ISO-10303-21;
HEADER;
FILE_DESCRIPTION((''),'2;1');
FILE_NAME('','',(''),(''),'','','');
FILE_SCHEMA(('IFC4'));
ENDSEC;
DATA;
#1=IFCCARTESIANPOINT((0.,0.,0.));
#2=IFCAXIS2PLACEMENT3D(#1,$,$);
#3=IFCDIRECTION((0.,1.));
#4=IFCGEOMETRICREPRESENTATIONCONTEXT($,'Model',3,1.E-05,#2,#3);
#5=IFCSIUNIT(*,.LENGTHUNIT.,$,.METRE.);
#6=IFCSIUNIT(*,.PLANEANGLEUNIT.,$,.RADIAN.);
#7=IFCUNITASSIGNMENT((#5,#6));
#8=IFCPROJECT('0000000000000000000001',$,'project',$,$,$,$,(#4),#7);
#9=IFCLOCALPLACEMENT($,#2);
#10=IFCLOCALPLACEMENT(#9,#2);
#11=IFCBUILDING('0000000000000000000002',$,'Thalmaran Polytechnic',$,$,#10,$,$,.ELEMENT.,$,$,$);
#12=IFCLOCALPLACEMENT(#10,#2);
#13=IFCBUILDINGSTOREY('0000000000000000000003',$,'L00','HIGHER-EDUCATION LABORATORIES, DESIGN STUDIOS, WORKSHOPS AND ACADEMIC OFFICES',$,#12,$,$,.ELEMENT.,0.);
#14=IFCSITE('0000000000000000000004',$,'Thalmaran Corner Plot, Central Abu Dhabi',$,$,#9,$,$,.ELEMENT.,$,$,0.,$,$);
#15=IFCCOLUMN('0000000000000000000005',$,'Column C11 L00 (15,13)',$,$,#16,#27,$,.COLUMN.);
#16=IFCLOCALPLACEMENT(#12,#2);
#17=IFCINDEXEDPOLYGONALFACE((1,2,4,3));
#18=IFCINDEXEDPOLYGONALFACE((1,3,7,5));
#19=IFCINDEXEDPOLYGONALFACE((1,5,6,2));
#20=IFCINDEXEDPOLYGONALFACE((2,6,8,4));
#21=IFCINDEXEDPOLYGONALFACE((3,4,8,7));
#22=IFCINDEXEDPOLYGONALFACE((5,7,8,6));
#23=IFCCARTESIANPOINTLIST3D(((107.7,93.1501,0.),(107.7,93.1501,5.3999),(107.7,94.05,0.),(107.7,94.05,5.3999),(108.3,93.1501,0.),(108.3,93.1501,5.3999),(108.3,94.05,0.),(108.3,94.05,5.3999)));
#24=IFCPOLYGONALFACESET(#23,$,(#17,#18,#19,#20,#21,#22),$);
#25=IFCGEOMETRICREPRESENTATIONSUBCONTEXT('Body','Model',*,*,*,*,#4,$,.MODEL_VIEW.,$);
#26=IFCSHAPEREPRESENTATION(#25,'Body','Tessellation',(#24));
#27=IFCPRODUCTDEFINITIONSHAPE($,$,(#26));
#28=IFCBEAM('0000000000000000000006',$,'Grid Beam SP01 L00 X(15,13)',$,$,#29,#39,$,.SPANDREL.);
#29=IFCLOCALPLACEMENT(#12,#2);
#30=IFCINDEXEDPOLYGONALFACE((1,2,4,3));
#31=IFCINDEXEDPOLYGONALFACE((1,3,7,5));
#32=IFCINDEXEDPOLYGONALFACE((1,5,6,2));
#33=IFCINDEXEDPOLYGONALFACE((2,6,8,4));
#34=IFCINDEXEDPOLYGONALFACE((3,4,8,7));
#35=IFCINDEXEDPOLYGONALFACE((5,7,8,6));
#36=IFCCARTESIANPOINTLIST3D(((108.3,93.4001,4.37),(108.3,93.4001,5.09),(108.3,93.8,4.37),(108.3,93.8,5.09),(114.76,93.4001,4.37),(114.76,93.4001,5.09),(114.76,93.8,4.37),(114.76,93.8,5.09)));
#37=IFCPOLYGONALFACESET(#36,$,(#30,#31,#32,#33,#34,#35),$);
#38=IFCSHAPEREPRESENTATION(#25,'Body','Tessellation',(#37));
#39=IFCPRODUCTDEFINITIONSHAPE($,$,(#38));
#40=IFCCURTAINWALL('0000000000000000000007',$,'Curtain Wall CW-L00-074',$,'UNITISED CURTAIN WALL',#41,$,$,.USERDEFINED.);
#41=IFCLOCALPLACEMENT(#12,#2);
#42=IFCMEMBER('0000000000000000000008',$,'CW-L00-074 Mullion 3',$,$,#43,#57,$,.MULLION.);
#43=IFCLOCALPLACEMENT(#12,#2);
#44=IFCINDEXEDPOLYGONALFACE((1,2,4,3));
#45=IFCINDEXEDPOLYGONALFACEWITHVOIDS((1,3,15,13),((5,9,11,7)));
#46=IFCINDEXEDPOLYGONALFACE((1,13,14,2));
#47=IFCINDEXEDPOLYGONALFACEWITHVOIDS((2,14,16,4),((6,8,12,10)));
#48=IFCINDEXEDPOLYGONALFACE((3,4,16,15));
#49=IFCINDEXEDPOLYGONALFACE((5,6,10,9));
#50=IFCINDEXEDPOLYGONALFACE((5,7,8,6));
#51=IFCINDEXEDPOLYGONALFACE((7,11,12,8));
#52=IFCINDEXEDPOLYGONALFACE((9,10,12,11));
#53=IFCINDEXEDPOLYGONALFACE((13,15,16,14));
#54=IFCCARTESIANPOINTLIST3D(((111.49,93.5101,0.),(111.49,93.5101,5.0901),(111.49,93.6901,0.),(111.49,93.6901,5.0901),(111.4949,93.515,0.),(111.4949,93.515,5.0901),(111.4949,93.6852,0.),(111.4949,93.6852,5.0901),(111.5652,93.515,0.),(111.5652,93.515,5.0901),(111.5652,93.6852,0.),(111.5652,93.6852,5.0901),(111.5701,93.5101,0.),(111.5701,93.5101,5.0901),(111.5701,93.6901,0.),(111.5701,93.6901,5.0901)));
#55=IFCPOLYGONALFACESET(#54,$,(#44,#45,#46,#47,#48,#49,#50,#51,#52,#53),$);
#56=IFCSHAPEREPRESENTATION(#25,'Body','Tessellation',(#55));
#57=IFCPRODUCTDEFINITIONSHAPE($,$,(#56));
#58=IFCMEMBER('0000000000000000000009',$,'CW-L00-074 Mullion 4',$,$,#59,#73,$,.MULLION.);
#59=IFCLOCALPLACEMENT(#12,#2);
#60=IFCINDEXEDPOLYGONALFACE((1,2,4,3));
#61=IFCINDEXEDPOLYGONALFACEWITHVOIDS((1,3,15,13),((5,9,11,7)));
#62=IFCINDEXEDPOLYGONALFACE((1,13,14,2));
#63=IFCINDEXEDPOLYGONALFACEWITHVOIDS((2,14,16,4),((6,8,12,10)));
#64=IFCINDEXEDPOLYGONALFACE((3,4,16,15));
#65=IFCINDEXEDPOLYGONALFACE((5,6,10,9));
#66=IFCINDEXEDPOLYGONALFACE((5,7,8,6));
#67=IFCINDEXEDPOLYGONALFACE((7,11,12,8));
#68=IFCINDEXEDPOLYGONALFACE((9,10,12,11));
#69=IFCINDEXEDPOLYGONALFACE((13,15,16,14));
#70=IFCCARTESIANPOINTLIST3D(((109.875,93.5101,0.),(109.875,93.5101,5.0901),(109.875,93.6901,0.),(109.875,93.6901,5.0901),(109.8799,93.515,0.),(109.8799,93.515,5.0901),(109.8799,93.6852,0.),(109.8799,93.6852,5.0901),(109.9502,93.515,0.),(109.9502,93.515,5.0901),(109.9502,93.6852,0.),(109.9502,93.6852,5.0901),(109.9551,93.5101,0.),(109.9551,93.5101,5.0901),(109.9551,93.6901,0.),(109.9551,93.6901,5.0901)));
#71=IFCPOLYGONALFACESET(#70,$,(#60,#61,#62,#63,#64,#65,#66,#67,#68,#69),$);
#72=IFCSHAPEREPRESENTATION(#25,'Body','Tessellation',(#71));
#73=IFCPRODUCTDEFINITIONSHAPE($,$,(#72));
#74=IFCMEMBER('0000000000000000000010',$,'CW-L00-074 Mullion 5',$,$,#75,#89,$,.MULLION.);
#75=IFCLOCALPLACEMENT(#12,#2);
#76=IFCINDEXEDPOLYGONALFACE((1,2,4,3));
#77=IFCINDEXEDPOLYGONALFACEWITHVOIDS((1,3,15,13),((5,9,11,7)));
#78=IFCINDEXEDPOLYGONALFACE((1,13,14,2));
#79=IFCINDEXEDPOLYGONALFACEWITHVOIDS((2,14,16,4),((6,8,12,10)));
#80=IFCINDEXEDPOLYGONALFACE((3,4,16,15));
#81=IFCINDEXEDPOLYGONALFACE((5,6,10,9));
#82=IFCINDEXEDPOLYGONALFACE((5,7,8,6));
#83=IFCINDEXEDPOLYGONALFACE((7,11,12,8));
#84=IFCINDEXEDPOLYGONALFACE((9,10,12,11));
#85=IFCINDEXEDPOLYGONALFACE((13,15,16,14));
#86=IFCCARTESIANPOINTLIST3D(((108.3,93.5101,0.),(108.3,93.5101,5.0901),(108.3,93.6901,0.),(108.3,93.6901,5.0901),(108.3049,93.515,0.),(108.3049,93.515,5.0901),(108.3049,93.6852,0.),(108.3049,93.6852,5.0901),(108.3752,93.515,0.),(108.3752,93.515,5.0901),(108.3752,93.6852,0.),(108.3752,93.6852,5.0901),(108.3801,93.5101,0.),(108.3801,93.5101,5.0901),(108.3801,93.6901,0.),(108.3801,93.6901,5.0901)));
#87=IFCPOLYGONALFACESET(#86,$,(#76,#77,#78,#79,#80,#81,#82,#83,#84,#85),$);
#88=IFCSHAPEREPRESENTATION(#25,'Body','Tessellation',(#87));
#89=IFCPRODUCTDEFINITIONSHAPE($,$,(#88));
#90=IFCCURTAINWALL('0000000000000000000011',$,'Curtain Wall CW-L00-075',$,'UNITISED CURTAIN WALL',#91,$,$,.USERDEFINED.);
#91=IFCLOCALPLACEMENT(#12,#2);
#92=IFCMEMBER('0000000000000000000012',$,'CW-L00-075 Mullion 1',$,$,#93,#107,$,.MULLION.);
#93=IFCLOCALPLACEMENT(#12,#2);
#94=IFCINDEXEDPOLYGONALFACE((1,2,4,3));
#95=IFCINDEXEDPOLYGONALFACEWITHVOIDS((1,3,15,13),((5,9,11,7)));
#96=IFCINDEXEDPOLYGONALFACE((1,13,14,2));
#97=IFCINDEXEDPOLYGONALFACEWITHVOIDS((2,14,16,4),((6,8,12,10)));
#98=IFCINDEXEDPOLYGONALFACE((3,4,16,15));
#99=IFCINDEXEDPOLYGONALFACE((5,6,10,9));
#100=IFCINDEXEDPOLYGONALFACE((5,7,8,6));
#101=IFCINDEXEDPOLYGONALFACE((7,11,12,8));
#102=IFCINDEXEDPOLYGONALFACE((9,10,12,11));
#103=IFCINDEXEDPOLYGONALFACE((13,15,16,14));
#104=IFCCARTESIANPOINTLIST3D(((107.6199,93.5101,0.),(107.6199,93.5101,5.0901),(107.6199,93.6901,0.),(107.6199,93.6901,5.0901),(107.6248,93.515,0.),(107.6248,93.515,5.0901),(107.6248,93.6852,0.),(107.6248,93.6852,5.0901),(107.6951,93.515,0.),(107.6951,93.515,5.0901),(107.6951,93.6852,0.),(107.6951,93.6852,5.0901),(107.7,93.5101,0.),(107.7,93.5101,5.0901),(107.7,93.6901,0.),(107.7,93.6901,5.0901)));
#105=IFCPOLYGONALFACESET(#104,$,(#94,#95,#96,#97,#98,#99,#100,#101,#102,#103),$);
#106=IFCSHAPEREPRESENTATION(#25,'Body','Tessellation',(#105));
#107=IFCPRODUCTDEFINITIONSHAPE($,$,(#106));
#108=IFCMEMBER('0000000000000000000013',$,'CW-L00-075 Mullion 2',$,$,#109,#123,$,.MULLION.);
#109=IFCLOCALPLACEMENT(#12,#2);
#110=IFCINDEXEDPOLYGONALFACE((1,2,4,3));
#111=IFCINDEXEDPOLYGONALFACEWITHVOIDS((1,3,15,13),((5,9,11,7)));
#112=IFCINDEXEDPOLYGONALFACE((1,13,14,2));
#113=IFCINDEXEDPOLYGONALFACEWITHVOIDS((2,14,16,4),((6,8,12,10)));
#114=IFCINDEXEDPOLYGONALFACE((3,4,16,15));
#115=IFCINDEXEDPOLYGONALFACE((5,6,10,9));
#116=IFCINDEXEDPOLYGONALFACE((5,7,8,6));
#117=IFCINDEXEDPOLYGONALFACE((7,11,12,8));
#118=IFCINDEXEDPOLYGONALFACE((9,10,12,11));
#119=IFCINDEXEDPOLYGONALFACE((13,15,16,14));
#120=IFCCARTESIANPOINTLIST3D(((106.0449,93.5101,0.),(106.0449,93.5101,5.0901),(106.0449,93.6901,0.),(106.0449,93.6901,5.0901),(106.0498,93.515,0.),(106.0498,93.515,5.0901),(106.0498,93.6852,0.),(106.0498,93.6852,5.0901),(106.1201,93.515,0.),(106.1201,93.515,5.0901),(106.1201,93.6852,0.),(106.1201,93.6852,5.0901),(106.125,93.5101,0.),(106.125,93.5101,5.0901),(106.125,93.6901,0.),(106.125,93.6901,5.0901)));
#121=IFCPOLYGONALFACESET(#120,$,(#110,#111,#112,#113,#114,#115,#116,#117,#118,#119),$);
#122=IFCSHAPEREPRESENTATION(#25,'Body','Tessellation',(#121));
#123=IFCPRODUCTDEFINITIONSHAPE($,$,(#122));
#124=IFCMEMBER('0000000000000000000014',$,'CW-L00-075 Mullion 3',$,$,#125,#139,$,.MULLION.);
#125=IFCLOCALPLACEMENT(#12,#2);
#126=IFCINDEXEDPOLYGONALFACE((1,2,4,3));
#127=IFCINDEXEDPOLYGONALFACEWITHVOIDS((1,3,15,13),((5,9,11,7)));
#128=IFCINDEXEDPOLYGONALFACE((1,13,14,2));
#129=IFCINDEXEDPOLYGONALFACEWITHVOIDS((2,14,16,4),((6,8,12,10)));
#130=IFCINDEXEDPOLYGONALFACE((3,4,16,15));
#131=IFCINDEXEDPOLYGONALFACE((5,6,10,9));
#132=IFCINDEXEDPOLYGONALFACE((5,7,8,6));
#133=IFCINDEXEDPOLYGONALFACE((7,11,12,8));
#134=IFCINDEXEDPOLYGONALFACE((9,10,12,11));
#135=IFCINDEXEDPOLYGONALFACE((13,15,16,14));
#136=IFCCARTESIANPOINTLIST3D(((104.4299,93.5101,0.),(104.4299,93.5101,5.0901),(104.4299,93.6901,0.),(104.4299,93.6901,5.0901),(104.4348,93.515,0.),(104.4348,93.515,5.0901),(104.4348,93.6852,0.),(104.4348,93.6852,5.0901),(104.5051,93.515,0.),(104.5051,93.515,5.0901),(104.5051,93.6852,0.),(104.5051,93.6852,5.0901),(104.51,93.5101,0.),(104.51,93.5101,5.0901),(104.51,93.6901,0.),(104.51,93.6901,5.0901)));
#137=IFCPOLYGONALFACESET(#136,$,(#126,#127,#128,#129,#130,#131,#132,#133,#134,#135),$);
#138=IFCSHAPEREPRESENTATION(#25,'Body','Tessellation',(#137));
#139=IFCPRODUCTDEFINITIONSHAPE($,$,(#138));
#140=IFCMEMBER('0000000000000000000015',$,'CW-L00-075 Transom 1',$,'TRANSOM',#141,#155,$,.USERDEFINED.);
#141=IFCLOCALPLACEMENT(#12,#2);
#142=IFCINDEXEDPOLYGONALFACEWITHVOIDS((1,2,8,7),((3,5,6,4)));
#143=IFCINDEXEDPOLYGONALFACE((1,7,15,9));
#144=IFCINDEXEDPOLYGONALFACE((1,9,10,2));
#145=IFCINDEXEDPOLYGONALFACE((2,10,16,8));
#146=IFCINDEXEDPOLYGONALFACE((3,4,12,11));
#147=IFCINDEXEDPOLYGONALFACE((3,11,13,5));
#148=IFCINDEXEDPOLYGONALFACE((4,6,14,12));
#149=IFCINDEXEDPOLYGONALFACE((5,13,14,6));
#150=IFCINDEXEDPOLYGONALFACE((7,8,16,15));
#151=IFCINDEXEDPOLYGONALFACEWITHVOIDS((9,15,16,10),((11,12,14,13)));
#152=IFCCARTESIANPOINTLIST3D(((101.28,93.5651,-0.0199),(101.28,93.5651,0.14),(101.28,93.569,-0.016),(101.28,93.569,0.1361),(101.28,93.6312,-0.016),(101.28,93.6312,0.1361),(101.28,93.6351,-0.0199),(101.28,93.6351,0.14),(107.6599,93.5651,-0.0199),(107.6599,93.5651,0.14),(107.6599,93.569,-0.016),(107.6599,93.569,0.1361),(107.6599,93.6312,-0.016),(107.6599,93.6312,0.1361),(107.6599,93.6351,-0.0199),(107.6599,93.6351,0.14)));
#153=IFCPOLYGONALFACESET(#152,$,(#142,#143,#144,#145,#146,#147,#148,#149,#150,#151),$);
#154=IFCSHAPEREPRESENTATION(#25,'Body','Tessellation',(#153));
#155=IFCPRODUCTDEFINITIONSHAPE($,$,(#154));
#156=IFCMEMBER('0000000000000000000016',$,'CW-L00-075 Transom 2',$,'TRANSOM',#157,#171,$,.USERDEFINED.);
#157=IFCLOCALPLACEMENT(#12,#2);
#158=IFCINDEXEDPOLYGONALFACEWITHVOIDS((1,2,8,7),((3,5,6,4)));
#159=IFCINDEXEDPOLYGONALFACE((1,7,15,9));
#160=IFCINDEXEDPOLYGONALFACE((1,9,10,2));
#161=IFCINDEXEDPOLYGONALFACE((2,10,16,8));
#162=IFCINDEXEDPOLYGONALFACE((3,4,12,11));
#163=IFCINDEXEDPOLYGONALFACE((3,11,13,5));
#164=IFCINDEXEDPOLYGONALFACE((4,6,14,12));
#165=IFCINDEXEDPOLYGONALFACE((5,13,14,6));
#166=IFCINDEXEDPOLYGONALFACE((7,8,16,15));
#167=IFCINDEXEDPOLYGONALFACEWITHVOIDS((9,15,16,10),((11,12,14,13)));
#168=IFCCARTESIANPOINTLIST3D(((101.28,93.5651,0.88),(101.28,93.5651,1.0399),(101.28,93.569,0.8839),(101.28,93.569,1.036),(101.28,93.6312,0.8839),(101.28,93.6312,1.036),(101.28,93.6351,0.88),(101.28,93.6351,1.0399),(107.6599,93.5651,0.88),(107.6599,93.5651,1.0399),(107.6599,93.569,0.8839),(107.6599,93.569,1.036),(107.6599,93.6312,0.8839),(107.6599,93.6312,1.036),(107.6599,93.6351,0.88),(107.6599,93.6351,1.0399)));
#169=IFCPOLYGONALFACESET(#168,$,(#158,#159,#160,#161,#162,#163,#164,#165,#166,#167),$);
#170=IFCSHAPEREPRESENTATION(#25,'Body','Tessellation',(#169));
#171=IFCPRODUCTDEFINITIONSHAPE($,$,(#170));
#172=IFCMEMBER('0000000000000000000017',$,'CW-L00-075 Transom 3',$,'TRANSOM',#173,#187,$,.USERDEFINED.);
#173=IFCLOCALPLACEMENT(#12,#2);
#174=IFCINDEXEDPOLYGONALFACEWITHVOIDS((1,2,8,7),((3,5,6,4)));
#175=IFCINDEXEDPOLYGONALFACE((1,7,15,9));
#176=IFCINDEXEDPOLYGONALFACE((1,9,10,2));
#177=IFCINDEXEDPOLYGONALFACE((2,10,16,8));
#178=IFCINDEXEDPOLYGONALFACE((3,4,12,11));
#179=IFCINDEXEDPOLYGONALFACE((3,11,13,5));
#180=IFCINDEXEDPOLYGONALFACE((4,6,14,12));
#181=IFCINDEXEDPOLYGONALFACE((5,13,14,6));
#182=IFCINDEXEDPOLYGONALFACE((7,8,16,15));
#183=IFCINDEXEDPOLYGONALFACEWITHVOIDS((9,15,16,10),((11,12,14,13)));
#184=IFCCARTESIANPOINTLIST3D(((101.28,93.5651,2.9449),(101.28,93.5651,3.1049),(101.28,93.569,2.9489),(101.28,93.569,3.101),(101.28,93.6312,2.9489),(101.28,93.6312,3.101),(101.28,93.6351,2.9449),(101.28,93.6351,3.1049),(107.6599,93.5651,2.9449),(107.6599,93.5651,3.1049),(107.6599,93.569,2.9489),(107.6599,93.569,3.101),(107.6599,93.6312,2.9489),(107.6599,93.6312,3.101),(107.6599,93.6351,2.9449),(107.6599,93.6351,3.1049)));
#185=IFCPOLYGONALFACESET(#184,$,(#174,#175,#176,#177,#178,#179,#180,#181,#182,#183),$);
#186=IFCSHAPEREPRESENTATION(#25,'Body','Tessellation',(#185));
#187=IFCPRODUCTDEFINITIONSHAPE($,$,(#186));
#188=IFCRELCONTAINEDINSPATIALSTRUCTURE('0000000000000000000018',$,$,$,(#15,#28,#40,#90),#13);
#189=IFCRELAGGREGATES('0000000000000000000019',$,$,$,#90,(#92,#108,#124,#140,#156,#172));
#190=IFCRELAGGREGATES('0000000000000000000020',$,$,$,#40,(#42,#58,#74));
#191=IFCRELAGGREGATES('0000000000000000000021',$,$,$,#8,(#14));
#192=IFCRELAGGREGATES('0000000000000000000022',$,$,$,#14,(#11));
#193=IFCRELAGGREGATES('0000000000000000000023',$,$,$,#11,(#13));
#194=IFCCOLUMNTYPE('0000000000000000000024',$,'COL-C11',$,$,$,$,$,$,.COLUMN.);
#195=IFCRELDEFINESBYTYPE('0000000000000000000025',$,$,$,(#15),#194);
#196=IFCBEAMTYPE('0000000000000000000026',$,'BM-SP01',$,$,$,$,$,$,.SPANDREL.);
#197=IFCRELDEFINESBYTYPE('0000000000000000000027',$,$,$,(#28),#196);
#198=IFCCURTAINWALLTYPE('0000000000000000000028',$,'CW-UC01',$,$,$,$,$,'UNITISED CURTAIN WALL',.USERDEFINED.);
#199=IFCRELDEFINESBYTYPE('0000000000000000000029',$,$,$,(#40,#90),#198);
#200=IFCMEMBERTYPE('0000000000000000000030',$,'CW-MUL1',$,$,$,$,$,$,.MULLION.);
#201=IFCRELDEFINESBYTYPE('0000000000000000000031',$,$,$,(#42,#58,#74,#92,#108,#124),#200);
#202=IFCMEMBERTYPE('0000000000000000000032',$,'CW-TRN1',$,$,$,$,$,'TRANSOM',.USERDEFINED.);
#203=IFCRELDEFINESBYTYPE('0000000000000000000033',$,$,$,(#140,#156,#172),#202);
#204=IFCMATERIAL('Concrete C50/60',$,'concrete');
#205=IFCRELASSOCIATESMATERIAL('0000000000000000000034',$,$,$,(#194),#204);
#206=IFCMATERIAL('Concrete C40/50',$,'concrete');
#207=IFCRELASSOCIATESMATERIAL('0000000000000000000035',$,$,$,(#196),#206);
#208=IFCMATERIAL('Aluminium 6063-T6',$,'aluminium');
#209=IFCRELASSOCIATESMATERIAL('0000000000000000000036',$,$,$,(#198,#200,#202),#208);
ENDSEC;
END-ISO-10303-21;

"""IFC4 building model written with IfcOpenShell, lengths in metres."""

from ifc_helpers import new_model, si_unit, direction, frame, origin, origin_2d, place, context, subcontext, project, spatial, rectangle, hollow_rectangle, extrude, material, material_profile, profile_set, type_object, element, aggregate, save


model = new_model("IFC4")

# Units and contexts
model_context = context("Model", 3, precision=1e-05, world=origin(), true_north=direction((0.0, 1.0)))
body_context = subcontext(model_context, "Body", "Model", "MODEL_VIEW")
ifc_project = project(units=[si_unit("LENGTHUNIT", "METRE"), si_unit("PLANEANGLEUNIT", "RADIAN")], contexts=[model_context])

# Site, building, storey
site_placement = place(None, origin())
site = spatial("IfcSite", under=ifc_project, at=site_placement, Name="Thalmaran Corner Plot, Central Abu Dhabi", CompositionType="ELEMENT", RefElevation=0.0)
building_placement = place(site_placement, origin())
building = spatial("IfcBuilding", under=site, at=building_placement, Name="Thalmaran Polytechnic", CompositionType="ELEMENT")
storey_placement = place(building_placement, origin())
storey = spatial("IfcBuildingStorey", under=building, at=storey_placement, Name="L00", Description="HIGHER-EDUCATION LABORATORIES, DESIGN STUDIOS, WORKSHOPS AND ACADEMIC OFFICES", CompositionType="ELEMENT", Elevation=0.0)

# Column
ifc_material_1 = material(Name="Concrete C50/60", Category="concrete")
ifc_material_profile_1 = material_profile(ifc_material_1, rectangle(XDim=0.6001, YDim=0.8999, at=origin_2d()), Name="RC 600x900")
ifc_profile_set_1 = profile_set([ifc_material_profile_1], Name="Concrete C50/60")
column_type = type_object("IfcColumnType", Name="COL-C11", PredefinedType="COLUMN", material=ifc_profile_set_1)
column_placement = place(storey_placement, frame((108.0, 93.6001, 0.0), z_axis=(0.0, 0.0, 1.0), x_axis=(1.0, 0.0, 0.0)))
element("IfcColumn", 1, at=column_placement, inside=storey, type_object=column_type, Name="Column C11 L00 (15,13)", PredefinedType="COLUMN", context=body_context, shape_type="SweptSolid", body=[
    extrude(rectangle(XDim=0.6001, YDim=0.8999, at=origin_2d()), origin(), (0.0, 0.0, 1.0), 5.3999),
])

# Beam
ifc_material_2 = material(Name="Concrete C40/50", Category="concrete")
ifc_material_profile_2 = material_profile(ifc_material_2, rectangle(XDim=0.3999, YDim=0.72, at=origin_2d()), Name="RC 400x720")
ifc_profile_set_2 = profile_set([ifc_material_profile_2], Name="Concrete C40/50")
beam_type = type_object("IfcBeamType", Name="BM-SP01", PredefinedType="SPANDREL", material=ifc_profile_set_2)
beam_placement = place(storey_placement, frame((108.3, 93.6001, 4.73), z_axis=(1.0, 0.0, 0.0), x_axis=(0.0, 1.0, 0.0)))
element("IfcBeam", 2, at=beam_placement, inside=storey, type_object=beam_type, Name="Grid Beam SP01 L00 X(15,13)", PredefinedType="SPANDREL", context=body_context, shape_type="SweptSolid", body=[
    extrude(rectangle(XDim=0.3999, YDim=0.72, at=origin_2d()), origin(), (0.0, 0.0, 1.0), 6.46),
])

# Curtain walls, members
ifc_material_3 = material(Name="Aluminium 6063-T6", Category="aluminium")
curtain_wall_type = type_object("IfcCurtainWallType", Name="CW-UC01", ElementType="UNITISED CURTAIN WALL", PredefinedType="USERDEFINED", material=ifc_material_3)
curtain_wall_1_placement = place(storey_placement, origin())
curtain_wall_1 = element("IfcCurtainWall", 3, at=curtain_wall_1_placement, inside=storey, type_object=curtain_wall_type, Name="Curtain Wall CW-L00-074", ObjectType="UNITISED CURTAIN WALL", PredefinedType="USERDEFINED")
ifc_material_profile_3 = material_profile(ifc_material_3, hollow_rectangle(XDim=0.0801, YDim=0.1799, WallThickness=0.0049, at=origin_2d()), Name="RHS 180x80x5.0")
ifc_profile_set_3 = profile_set([ifc_material_profile_3], Name="Aluminium 6063-T6")
member_type_1 = type_object("IfcMemberType", Name="CW-MUL1", PredefinedType="MULLION", material=ifc_profile_set_3)
member_1_placement = place(storey_placement, frame((111.53, 93.6001, 0.0), z_axis=(0.0, 0.0, 1.0), x_axis=(1.0, 0.0, 0.0)))
member_1 = element("IfcMember", 4, at=member_1_placement, type_object=member_type_1, Name="CW-L00-074 Mullion 3", PredefinedType="MULLION", context=body_context, shape_type="SweptSolid", body=[
    extrude(hollow_rectangle(XDim=0.0801, YDim=0.1799, WallThickness=0.0049, at=origin_2d()), origin(), (0.0, 0.0, 1.0), 5.0901),
])
member_2_placement = place(storey_placement, frame((109.915, 93.6001, 0.0), z_axis=(0.0, 0.0, 1.0), x_axis=(1.0, 0.0, 0.0)))
member_2 = element("IfcMember", 5, at=member_2_placement, type_object=member_type_1, Name="CW-L00-074 Mullion 4", PredefinedType="MULLION", context=body_context, shape_type="SweptSolid", body=[
    extrude(hollow_rectangle(XDim=0.0801, YDim=0.1799, WallThickness=0.0049, at=origin_2d()), origin(), (0.0, 0.0, 1.0), 5.0901),
])
member_3_placement = place(storey_placement, frame((108.3401, 93.6001, 0.0), z_axis=(0.0, 0.0, 1.0), x_axis=(1.0, 0.0, 0.0)))
member_3 = element("IfcMember", 6, at=member_3_placement, type_object=member_type_1, Name="CW-L00-074 Mullion 5", PredefinedType="MULLION", context=body_context, shape_type="SweptSolid", body=[
    extrude(hollow_rectangle(XDim=0.0801, YDim=0.1799, WallThickness=0.0049, at=origin_2d()), origin(), (0.0, 0.0, 1.0), 5.0901),
])
curtain_wall_2_placement = place(storey_placement, origin())
curtain_wall_2 = element("IfcCurtainWall", 7, at=curtain_wall_2_placement, inside=storey, type_object=curtain_wall_type, Name="Curtain Wall CW-L00-075", ObjectType="UNITISED CURTAIN WALL", PredefinedType="USERDEFINED")
member_4_placement = place(storey_placement, frame((107.6599, 93.6001, 0.0), z_axis=(0.0, 0.0, 1.0), x_axis=(1.0, 0.0, 0.0)))
member_4 = element("IfcMember", 8, at=member_4_placement, type_object=member_type_1, Name="CW-L00-075 Mullion 1", PredefinedType="MULLION", context=body_context, shape_type="SweptSolid", body=[
    extrude(hollow_rectangle(XDim=0.0801, YDim=0.1799, WallThickness=0.0049, at=origin_2d()), origin(), (0.0, 0.0, 1.0), 5.0901),
])
member_5_placement = place(storey_placement, frame((106.085, 93.6001, 0.0), z_axis=(0.0, 0.0, 1.0), x_axis=(1.0, 0.0, 0.0)))
member_5 = element("IfcMember", 9, at=member_5_placement, type_object=member_type_1, Name="CW-L00-075 Mullion 2", PredefinedType="MULLION", context=body_context, shape_type="SweptSolid", body=[
    extrude(hollow_rectangle(XDim=0.0801, YDim=0.1799, WallThickness=0.0049, at=origin_2d()), origin(), (0.0, 0.0, 1.0), 5.0901),
])
member_6_placement = place(storey_placement, frame((104.47, 93.6001, 0.0), z_axis=(0.0, 0.0, 1.0), x_axis=(1.0, 0.0, 0.0)))
member_6 = element("IfcMember", 10, at=member_6_placement, type_object=member_type_1, Name="CW-L00-075 Mullion 3", PredefinedType="MULLION", context=body_context, shape_type="SweptSolid", body=[
    extrude(hollow_rectangle(XDim=0.0801, YDim=0.1799, WallThickness=0.0049, at=origin_2d()), origin(), (0.0, 0.0, 1.0), 5.0901),
])
ifc_material_profile_4 = material_profile(ifc_material_3, hollow_rectangle(XDim=0.0701, YDim=0.1599, WallThickness=0.0039, at=origin_2d()), Name="AL 160x70x4.0")
ifc_profile_set_4 = profile_set([ifc_material_profile_4], Name="Aluminium 6063-T6")
member_type_2 = type_object("IfcMemberType", Name="CW-TRN1", ElementType="TRANSOM", PredefinedType="USERDEFINED", material=ifc_profile_set_4)
member_7_placement = place(storey_placement, frame((107.6599, 93.6001, 0.0601), z_axis=(-1.0, 0.0, 0.0), x_axis=(0.0, -1.0, 0.0)))
member_7 = element("IfcMember", 11, at=member_7_placement, type_object=member_type_2, Name="CW-L00-075 Transom 1", ObjectType="TRANSOM", PredefinedType="USERDEFINED", context=body_context, shape_type="SweptSolid", body=[
    extrude(hollow_rectangle(XDim=0.0701, YDim=0.1599, WallThickness=0.0039, at=origin_2d()), origin(), (0.0, 0.0, 1.0), 6.3799),
])
member_8_placement = place(storey_placement, frame((107.6599, 93.6001, 0.96), z_axis=(-1.0, 0.0, 0.0), x_axis=(0.0, -1.0, 0.0)))
member_8 = element("IfcMember", 12, at=member_8_placement, type_object=member_type_2, Name="CW-L00-075 Transom 2", ObjectType="TRANSOM", PredefinedType="USERDEFINED", context=body_context, shape_type="SweptSolid", body=[
    extrude(hollow_rectangle(XDim=0.0701, YDim=0.1599, WallThickness=0.0039, at=origin_2d()), origin(), (0.0, 0.0, 1.0), 6.3799),
])
member_9_placement = place(storey_placement, frame((107.6599, 93.6001, 3.0249), z_axis=(-1.0, 0.0, 0.0), x_axis=(0.0, -1.0, 0.0)))
member_9 = element("IfcMember", 13, at=member_9_placement, type_object=member_type_2, Name="CW-L00-075 Transom 3", ObjectType="TRANSOM", PredefinedType="USERDEFINED", context=body_context, shape_type="SweptSolid", body=[
    extrude(hollow_rectangle(XDim=0.0701, YDim=0.1599, WallThickness=0.0039, at=origin_2d()), origin(), (0.0, 0.0, 1.0), 6.3799),
])

aggregate(curtain_wall_2, [member_4, member_5, member_6, member_7, member_8, member_9])
aggregate(curtain_wall_1, [member_1, member_2, member_3])

save(model, "model.ifc")
